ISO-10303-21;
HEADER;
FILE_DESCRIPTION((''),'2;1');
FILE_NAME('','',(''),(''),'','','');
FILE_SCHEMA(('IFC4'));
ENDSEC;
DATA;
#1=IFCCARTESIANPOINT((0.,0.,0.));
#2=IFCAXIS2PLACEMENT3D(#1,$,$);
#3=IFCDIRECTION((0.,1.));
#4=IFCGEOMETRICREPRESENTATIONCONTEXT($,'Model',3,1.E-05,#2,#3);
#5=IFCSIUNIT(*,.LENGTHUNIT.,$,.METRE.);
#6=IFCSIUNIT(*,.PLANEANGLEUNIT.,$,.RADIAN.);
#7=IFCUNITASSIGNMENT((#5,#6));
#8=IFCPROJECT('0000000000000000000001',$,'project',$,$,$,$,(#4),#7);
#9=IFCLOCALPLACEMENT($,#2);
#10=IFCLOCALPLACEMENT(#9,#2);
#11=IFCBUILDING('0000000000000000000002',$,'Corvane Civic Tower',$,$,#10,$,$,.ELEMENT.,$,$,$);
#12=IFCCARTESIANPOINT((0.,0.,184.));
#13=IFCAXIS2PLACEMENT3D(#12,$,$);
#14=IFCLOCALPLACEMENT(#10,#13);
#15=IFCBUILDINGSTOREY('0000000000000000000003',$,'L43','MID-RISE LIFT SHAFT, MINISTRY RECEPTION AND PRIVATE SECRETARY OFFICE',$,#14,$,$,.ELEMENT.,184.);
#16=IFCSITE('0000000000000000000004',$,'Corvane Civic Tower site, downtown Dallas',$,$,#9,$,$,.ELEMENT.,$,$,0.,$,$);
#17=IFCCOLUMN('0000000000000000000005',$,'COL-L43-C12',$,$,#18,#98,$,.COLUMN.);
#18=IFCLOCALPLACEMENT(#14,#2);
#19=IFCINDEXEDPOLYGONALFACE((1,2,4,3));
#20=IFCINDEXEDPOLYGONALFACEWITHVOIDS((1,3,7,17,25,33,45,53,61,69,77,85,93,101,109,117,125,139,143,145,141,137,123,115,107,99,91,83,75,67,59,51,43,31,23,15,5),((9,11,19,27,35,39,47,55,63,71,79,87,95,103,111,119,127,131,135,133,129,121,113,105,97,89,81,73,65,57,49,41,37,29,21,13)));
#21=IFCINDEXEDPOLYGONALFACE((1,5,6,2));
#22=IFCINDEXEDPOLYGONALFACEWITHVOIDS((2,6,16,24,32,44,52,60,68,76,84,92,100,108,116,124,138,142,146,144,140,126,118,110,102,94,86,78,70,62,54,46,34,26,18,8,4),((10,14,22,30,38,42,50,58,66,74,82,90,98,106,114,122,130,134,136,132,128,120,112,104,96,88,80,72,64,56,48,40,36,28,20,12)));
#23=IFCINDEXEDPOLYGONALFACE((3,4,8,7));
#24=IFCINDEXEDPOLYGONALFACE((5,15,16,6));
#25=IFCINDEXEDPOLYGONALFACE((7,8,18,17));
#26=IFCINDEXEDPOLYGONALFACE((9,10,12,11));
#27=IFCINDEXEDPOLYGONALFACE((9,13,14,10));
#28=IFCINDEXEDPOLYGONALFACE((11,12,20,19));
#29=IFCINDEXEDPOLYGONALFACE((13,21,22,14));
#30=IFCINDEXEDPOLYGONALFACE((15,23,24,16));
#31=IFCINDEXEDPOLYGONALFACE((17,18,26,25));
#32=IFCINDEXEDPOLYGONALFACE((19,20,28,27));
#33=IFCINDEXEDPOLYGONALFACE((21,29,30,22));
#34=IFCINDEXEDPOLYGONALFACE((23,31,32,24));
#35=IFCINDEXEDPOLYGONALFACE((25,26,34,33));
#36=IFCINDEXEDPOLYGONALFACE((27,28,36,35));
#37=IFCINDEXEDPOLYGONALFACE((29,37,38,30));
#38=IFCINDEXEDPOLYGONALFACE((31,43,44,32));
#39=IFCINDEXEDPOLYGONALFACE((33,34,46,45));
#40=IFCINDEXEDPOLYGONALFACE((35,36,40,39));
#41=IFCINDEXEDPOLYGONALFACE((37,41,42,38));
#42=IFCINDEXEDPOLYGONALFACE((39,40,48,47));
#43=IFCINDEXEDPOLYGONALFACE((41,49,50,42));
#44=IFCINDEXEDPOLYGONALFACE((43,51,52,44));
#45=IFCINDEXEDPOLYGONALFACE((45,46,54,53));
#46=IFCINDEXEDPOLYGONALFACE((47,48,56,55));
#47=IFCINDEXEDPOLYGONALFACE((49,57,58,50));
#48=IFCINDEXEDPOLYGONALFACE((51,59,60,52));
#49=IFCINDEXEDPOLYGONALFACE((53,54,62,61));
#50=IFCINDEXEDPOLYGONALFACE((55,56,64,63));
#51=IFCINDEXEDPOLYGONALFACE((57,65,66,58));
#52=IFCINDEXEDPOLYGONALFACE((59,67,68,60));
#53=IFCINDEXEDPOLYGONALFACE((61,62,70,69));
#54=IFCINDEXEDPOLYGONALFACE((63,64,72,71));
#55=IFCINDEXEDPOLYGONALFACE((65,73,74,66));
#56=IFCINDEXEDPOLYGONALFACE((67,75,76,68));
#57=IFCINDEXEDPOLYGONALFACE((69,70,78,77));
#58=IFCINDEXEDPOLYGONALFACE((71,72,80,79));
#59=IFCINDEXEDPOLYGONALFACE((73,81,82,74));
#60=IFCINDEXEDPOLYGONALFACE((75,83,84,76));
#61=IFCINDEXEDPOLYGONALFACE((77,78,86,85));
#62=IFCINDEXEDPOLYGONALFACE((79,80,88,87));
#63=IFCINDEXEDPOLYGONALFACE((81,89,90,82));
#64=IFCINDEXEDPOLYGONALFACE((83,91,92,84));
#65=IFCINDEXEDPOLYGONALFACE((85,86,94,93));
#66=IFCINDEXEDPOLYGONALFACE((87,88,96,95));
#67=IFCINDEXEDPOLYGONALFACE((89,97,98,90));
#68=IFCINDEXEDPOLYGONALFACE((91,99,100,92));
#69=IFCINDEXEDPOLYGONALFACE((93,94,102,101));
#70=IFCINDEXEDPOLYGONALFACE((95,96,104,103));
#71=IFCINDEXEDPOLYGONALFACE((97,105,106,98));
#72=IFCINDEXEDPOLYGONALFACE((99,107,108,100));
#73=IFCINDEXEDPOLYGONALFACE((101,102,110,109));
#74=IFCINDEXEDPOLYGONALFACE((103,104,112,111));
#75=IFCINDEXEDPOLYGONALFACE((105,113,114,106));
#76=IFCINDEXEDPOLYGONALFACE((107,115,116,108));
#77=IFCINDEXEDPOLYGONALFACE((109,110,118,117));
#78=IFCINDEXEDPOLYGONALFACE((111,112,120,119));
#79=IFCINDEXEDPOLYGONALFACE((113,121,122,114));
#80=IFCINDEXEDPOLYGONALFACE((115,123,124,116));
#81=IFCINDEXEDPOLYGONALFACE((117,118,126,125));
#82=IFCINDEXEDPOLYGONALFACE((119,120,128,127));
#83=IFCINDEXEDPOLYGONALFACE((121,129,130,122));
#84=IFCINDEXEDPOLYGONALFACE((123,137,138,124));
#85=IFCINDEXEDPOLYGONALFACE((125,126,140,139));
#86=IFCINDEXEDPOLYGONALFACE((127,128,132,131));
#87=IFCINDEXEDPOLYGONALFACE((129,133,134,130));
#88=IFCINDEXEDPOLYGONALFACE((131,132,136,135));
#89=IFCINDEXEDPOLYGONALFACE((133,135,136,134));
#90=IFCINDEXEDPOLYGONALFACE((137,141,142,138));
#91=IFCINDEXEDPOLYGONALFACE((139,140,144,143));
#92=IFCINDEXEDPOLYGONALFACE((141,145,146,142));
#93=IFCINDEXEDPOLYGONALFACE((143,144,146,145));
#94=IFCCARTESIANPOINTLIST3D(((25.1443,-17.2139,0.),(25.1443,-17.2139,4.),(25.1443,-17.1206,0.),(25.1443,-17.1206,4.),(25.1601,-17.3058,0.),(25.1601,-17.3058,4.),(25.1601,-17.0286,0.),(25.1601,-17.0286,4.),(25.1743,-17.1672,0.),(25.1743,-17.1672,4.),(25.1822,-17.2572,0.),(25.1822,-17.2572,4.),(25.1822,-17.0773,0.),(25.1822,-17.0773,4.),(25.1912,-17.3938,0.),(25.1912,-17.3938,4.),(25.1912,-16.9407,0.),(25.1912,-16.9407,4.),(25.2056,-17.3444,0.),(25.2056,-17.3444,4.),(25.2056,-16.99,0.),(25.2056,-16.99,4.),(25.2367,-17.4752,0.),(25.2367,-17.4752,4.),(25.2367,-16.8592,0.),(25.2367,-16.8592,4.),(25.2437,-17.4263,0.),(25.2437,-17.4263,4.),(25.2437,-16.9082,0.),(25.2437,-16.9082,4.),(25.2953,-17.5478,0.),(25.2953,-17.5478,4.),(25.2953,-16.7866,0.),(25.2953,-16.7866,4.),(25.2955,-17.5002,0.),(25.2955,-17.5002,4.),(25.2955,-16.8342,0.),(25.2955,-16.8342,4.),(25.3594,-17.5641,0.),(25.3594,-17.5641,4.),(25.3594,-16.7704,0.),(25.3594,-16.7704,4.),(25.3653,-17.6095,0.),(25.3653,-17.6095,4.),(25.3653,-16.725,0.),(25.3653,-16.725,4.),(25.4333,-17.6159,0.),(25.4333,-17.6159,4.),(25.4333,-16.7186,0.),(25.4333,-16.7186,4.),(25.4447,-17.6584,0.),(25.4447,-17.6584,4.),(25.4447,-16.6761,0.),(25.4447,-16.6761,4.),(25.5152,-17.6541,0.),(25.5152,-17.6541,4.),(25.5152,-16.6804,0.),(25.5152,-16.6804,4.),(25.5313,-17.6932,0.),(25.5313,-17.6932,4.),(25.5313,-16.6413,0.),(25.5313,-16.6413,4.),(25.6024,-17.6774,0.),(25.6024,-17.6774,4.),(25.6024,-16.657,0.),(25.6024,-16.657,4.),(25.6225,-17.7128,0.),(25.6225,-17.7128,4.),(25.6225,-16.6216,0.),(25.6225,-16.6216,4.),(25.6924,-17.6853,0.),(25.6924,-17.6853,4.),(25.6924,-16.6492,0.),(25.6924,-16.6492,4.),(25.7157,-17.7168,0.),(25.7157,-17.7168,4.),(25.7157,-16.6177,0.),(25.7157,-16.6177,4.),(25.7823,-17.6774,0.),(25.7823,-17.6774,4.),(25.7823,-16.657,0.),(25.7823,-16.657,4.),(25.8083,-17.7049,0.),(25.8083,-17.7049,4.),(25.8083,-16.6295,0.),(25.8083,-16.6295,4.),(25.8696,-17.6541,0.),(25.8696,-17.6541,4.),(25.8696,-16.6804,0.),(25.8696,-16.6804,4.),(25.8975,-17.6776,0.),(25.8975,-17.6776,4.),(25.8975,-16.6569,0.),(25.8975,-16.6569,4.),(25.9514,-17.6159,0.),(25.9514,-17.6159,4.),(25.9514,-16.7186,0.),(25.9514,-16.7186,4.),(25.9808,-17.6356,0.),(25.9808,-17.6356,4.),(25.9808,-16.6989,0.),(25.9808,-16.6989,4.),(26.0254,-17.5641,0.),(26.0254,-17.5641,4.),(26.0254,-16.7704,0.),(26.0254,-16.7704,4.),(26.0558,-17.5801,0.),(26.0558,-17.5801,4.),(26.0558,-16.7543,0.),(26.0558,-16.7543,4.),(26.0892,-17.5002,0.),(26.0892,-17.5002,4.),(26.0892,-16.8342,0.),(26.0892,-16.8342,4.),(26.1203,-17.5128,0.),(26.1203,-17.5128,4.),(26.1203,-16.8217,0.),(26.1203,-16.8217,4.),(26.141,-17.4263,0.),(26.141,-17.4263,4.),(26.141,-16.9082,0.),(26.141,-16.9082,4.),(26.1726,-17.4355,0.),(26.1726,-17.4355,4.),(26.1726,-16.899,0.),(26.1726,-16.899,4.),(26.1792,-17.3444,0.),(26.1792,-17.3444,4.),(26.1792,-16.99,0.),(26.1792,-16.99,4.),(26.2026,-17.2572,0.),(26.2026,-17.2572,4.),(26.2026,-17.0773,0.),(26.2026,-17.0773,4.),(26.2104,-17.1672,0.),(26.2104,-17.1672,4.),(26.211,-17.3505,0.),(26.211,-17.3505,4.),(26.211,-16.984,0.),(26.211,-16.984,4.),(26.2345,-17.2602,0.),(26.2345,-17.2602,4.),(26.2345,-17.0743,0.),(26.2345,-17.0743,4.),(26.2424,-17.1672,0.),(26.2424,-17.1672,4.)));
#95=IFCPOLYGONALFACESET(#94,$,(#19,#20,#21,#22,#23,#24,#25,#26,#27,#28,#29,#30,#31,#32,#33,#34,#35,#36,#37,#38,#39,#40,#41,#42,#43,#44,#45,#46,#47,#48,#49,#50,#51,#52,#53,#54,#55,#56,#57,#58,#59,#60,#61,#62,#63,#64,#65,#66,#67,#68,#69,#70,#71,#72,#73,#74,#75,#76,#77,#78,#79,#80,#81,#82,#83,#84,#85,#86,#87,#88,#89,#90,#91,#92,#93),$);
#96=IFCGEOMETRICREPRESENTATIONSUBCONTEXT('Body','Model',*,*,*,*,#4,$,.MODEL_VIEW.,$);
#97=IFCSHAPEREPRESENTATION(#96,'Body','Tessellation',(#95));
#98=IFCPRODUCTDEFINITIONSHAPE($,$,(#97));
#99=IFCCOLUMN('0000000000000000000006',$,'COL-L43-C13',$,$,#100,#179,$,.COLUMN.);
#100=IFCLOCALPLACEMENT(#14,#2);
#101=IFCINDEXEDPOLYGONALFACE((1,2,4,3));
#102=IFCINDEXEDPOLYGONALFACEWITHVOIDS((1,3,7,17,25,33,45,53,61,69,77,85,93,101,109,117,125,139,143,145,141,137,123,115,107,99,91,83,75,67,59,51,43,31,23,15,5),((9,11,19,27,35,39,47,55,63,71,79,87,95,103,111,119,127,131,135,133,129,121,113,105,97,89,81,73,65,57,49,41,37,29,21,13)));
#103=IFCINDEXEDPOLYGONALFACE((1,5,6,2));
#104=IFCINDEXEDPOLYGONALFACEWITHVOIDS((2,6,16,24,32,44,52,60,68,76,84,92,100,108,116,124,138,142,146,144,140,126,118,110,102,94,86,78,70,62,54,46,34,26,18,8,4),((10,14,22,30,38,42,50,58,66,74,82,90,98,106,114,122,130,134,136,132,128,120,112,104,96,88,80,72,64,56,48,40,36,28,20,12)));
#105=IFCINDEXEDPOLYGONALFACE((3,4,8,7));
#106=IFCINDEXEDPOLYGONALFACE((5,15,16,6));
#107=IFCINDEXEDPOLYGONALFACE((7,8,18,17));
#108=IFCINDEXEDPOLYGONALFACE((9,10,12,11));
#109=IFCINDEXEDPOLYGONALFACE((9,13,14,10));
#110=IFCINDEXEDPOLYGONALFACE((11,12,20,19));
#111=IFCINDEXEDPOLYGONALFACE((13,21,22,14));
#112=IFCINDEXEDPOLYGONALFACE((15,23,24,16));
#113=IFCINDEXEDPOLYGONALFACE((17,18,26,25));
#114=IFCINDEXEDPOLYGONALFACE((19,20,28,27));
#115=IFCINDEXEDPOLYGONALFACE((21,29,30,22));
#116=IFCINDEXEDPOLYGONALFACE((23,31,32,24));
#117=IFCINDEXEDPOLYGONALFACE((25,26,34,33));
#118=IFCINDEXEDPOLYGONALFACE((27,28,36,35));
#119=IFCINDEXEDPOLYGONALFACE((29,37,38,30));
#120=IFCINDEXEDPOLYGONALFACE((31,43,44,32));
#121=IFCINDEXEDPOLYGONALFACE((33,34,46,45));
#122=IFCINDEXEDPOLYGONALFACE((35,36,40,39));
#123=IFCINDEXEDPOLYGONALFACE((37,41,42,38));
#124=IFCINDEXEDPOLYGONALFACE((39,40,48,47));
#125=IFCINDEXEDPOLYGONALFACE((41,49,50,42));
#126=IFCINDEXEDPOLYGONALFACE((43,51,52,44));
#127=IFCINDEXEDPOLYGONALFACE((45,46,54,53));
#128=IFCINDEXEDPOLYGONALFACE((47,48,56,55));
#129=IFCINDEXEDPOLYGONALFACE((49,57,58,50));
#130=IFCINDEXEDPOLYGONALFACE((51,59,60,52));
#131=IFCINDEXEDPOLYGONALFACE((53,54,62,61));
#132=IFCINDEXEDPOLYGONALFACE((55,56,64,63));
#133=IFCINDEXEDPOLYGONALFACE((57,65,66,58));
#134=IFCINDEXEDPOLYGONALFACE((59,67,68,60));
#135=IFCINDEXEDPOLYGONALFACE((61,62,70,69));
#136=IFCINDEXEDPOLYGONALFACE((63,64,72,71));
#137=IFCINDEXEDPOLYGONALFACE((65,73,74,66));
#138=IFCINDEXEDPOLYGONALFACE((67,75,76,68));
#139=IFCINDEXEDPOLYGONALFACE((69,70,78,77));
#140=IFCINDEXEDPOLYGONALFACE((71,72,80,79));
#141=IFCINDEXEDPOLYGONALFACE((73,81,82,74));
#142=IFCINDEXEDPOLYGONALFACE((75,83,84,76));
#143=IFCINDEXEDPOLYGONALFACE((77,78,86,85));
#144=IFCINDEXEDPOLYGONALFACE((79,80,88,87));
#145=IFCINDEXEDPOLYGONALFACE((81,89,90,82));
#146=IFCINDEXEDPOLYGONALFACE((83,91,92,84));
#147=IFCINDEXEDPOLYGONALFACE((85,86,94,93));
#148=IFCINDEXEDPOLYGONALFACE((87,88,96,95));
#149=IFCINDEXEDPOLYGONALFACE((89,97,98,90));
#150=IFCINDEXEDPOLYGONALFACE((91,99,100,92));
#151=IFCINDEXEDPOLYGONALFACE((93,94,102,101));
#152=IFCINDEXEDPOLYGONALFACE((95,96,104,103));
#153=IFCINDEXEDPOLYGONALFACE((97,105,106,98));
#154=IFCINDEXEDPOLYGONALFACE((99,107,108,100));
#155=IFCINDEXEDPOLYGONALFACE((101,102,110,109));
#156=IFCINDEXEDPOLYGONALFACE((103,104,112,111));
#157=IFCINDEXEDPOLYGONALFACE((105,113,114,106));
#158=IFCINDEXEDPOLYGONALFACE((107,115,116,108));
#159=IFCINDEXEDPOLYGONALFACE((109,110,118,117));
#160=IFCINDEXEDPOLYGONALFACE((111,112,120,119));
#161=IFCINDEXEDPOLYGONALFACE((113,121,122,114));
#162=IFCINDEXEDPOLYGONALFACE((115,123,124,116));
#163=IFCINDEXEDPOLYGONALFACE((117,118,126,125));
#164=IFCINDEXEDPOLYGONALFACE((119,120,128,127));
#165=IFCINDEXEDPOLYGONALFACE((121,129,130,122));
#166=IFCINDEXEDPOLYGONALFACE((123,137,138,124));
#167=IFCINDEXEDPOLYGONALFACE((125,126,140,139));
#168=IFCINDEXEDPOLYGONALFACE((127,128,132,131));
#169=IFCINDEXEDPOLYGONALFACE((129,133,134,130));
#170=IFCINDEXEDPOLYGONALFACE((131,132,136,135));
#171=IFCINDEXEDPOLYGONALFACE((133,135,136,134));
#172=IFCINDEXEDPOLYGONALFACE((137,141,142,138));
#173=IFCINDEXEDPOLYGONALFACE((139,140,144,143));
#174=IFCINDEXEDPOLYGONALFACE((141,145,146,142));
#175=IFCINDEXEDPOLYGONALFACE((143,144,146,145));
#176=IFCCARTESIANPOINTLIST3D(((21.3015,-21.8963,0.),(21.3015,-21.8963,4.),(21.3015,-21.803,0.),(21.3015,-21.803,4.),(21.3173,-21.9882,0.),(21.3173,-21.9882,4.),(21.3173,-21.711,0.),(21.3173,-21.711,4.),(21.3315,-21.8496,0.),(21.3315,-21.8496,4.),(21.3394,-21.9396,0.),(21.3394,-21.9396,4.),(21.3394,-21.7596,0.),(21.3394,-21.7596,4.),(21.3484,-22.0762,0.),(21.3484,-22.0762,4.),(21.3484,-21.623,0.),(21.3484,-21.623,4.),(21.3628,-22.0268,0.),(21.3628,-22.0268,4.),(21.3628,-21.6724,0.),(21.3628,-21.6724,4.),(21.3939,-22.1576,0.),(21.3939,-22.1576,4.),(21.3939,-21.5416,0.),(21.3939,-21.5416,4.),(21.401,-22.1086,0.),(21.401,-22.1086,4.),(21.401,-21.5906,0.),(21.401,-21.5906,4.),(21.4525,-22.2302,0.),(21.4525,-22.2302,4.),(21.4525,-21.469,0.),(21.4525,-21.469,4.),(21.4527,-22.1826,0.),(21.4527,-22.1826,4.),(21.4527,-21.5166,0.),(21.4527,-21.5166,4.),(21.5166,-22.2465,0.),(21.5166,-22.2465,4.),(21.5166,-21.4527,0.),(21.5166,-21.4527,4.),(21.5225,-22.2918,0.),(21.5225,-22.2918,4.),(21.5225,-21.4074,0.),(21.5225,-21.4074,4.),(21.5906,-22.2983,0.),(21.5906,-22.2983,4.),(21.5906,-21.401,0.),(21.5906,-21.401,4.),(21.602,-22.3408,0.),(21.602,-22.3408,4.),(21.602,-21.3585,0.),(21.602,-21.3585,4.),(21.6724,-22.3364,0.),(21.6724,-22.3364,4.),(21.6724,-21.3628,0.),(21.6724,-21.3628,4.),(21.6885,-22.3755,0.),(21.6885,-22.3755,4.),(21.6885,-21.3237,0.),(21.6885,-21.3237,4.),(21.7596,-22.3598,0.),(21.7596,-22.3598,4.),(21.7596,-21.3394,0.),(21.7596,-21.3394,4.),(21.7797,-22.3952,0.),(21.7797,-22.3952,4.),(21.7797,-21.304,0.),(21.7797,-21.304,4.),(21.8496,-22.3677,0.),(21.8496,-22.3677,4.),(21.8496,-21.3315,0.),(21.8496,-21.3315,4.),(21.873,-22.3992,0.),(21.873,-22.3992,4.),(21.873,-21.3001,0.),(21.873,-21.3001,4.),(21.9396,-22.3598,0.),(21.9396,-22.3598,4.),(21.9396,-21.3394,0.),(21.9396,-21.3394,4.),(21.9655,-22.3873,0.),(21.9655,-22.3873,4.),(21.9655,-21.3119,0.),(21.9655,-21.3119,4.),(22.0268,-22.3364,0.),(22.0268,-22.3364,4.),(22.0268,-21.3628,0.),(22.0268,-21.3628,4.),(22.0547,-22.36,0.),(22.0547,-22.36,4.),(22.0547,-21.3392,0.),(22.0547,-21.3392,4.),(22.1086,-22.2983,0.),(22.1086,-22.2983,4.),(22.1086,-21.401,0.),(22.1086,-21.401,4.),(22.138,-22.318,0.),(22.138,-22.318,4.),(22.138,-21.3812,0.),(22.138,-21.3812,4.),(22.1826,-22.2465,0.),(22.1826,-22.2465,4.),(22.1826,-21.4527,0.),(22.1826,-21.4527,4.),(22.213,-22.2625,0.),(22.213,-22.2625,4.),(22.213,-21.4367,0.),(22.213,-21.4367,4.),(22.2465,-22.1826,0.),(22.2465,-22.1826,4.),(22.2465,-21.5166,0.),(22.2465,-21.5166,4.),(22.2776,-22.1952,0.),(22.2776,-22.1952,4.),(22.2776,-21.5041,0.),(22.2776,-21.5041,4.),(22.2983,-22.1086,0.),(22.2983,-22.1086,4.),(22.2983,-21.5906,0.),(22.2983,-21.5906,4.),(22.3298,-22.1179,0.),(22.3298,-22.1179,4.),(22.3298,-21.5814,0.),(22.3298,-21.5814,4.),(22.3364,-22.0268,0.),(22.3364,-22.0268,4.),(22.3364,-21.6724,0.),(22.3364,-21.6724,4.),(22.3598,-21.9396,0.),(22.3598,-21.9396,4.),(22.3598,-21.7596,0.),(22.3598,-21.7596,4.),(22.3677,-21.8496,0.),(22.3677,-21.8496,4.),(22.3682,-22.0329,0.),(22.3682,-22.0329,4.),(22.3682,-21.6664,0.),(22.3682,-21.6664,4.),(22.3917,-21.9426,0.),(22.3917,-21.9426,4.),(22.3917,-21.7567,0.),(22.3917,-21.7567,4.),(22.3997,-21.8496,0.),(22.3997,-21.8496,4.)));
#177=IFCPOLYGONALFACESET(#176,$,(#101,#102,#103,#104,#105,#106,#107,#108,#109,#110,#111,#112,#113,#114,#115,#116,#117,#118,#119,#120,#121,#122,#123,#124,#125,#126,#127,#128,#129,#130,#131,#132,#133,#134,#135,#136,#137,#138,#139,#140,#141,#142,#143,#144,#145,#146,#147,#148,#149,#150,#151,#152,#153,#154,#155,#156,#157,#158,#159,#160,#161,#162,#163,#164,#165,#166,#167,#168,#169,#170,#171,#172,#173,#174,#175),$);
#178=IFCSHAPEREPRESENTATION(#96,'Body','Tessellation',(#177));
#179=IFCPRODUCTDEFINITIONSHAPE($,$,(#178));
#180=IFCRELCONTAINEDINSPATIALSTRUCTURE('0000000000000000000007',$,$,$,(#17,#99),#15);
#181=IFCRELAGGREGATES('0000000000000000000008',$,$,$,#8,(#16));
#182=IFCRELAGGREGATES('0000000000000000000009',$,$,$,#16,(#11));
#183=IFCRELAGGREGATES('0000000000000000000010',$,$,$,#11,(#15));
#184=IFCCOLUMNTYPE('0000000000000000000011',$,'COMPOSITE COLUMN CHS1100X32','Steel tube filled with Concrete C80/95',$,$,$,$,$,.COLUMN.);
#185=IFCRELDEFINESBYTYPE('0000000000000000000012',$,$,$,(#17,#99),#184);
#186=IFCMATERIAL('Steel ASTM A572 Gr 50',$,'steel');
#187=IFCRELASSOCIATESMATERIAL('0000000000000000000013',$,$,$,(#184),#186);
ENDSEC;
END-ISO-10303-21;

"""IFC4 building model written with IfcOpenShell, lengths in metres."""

from ifc_helpers import new_model, si_unit, direction, frame, origin, origin_2d, place, context, subcontext, project, spatial, hollow_circle, extrude, material, material_profile, profile_set, type_object, element, save


model = new_model("IFC4")

# Units and contexts
model_context = context("Model", 3, precision=1e-05, world=origin(), true_north=direction((0.0, 1.0)))
body_context = subcontext(model_context, "Body", "Model", "MODEL_VIEW")
ifc_project = project(units=[si_unit("LENGTHUNIT", "METRE"), si_unit("PLANEANGLEUNIT", "RADIAN")], contexts=[model_context])

# Site, building, storey
site_placement = place(None, origin())
site = spatial("IfcSite", under=ifc_project, at=site_placement, Name="Corvane Civic Tower site, downtown Dallas", CompositionType="ELEMENT", RefElevation=0.0)
building_placement = place(site_placement, origin())
building = spatial("IfcBuilding", under=site, at=building_placement, Name="Corvane Civic Tower", CompositionType="ELEMENT")
storey_placement = place(building_placement, frame((0.0, 0.0, 184.0)))
storey = spatial("IfcBuildingStorey", under=building, at=storey_placement, Name="L43", Description="MID-RISE LIFT SHAFT, MINISTRY RECEPTION AND PRIVATE SECRETARY OFFICE", CompositionType="ELEMENT", Elevation=184.0)

# Columns
ifc_material_1 = material(Name="Steel ASTM A572 Gr 50", Category="steel")
ifc_material_profile_1 = material_profile(ifc_material_1, hollow_circle(Radius=0.55, WallThickness=0.032, at=origin_2d()), Name="CHS1100X32")
ifc_profile_set_1 = profile_set([ifc_material_profile_1], Name="Steel ASTM A572 Gr 50")
column_type = type_object("IfcColumnType", Name="COMPOSITE COLUMN CHS1100X32", Description="Steel tube filled with Concrete C80/95", PredefinedType="COLUMN", material=ifc_profile_set_1)
for number, where, z_axis, x_axis, name in (
    (1, (25.6924, -17.1672, 0.0), (0.0, 0.0, 1.0), (1.0, 0.0, 0.0), "COL-L43-C12"),
    (2, (21.8496, -21.8496, 0.0), (0.0, 0.0, 1.0), (1.0, 0.0, 0.0), "COL-L43-C13"),
):
    element("IfcColumn", number, at=place(storey_placement, frame(where, z_axis=z_axis, x_axis=x_axis)), inside=storey, type_object=column_type, Name=name, PredefinedType="COLUMN", context=body_context, shape_type="SweptSolid", body=[
        extrude(hollow_circle(Radius=0.55, WallThickness=0.032, at=origin_2d()), origin(), (0.0, 0.0, 1.0), 4.0),
    ])

save(model, "model.ifc")
